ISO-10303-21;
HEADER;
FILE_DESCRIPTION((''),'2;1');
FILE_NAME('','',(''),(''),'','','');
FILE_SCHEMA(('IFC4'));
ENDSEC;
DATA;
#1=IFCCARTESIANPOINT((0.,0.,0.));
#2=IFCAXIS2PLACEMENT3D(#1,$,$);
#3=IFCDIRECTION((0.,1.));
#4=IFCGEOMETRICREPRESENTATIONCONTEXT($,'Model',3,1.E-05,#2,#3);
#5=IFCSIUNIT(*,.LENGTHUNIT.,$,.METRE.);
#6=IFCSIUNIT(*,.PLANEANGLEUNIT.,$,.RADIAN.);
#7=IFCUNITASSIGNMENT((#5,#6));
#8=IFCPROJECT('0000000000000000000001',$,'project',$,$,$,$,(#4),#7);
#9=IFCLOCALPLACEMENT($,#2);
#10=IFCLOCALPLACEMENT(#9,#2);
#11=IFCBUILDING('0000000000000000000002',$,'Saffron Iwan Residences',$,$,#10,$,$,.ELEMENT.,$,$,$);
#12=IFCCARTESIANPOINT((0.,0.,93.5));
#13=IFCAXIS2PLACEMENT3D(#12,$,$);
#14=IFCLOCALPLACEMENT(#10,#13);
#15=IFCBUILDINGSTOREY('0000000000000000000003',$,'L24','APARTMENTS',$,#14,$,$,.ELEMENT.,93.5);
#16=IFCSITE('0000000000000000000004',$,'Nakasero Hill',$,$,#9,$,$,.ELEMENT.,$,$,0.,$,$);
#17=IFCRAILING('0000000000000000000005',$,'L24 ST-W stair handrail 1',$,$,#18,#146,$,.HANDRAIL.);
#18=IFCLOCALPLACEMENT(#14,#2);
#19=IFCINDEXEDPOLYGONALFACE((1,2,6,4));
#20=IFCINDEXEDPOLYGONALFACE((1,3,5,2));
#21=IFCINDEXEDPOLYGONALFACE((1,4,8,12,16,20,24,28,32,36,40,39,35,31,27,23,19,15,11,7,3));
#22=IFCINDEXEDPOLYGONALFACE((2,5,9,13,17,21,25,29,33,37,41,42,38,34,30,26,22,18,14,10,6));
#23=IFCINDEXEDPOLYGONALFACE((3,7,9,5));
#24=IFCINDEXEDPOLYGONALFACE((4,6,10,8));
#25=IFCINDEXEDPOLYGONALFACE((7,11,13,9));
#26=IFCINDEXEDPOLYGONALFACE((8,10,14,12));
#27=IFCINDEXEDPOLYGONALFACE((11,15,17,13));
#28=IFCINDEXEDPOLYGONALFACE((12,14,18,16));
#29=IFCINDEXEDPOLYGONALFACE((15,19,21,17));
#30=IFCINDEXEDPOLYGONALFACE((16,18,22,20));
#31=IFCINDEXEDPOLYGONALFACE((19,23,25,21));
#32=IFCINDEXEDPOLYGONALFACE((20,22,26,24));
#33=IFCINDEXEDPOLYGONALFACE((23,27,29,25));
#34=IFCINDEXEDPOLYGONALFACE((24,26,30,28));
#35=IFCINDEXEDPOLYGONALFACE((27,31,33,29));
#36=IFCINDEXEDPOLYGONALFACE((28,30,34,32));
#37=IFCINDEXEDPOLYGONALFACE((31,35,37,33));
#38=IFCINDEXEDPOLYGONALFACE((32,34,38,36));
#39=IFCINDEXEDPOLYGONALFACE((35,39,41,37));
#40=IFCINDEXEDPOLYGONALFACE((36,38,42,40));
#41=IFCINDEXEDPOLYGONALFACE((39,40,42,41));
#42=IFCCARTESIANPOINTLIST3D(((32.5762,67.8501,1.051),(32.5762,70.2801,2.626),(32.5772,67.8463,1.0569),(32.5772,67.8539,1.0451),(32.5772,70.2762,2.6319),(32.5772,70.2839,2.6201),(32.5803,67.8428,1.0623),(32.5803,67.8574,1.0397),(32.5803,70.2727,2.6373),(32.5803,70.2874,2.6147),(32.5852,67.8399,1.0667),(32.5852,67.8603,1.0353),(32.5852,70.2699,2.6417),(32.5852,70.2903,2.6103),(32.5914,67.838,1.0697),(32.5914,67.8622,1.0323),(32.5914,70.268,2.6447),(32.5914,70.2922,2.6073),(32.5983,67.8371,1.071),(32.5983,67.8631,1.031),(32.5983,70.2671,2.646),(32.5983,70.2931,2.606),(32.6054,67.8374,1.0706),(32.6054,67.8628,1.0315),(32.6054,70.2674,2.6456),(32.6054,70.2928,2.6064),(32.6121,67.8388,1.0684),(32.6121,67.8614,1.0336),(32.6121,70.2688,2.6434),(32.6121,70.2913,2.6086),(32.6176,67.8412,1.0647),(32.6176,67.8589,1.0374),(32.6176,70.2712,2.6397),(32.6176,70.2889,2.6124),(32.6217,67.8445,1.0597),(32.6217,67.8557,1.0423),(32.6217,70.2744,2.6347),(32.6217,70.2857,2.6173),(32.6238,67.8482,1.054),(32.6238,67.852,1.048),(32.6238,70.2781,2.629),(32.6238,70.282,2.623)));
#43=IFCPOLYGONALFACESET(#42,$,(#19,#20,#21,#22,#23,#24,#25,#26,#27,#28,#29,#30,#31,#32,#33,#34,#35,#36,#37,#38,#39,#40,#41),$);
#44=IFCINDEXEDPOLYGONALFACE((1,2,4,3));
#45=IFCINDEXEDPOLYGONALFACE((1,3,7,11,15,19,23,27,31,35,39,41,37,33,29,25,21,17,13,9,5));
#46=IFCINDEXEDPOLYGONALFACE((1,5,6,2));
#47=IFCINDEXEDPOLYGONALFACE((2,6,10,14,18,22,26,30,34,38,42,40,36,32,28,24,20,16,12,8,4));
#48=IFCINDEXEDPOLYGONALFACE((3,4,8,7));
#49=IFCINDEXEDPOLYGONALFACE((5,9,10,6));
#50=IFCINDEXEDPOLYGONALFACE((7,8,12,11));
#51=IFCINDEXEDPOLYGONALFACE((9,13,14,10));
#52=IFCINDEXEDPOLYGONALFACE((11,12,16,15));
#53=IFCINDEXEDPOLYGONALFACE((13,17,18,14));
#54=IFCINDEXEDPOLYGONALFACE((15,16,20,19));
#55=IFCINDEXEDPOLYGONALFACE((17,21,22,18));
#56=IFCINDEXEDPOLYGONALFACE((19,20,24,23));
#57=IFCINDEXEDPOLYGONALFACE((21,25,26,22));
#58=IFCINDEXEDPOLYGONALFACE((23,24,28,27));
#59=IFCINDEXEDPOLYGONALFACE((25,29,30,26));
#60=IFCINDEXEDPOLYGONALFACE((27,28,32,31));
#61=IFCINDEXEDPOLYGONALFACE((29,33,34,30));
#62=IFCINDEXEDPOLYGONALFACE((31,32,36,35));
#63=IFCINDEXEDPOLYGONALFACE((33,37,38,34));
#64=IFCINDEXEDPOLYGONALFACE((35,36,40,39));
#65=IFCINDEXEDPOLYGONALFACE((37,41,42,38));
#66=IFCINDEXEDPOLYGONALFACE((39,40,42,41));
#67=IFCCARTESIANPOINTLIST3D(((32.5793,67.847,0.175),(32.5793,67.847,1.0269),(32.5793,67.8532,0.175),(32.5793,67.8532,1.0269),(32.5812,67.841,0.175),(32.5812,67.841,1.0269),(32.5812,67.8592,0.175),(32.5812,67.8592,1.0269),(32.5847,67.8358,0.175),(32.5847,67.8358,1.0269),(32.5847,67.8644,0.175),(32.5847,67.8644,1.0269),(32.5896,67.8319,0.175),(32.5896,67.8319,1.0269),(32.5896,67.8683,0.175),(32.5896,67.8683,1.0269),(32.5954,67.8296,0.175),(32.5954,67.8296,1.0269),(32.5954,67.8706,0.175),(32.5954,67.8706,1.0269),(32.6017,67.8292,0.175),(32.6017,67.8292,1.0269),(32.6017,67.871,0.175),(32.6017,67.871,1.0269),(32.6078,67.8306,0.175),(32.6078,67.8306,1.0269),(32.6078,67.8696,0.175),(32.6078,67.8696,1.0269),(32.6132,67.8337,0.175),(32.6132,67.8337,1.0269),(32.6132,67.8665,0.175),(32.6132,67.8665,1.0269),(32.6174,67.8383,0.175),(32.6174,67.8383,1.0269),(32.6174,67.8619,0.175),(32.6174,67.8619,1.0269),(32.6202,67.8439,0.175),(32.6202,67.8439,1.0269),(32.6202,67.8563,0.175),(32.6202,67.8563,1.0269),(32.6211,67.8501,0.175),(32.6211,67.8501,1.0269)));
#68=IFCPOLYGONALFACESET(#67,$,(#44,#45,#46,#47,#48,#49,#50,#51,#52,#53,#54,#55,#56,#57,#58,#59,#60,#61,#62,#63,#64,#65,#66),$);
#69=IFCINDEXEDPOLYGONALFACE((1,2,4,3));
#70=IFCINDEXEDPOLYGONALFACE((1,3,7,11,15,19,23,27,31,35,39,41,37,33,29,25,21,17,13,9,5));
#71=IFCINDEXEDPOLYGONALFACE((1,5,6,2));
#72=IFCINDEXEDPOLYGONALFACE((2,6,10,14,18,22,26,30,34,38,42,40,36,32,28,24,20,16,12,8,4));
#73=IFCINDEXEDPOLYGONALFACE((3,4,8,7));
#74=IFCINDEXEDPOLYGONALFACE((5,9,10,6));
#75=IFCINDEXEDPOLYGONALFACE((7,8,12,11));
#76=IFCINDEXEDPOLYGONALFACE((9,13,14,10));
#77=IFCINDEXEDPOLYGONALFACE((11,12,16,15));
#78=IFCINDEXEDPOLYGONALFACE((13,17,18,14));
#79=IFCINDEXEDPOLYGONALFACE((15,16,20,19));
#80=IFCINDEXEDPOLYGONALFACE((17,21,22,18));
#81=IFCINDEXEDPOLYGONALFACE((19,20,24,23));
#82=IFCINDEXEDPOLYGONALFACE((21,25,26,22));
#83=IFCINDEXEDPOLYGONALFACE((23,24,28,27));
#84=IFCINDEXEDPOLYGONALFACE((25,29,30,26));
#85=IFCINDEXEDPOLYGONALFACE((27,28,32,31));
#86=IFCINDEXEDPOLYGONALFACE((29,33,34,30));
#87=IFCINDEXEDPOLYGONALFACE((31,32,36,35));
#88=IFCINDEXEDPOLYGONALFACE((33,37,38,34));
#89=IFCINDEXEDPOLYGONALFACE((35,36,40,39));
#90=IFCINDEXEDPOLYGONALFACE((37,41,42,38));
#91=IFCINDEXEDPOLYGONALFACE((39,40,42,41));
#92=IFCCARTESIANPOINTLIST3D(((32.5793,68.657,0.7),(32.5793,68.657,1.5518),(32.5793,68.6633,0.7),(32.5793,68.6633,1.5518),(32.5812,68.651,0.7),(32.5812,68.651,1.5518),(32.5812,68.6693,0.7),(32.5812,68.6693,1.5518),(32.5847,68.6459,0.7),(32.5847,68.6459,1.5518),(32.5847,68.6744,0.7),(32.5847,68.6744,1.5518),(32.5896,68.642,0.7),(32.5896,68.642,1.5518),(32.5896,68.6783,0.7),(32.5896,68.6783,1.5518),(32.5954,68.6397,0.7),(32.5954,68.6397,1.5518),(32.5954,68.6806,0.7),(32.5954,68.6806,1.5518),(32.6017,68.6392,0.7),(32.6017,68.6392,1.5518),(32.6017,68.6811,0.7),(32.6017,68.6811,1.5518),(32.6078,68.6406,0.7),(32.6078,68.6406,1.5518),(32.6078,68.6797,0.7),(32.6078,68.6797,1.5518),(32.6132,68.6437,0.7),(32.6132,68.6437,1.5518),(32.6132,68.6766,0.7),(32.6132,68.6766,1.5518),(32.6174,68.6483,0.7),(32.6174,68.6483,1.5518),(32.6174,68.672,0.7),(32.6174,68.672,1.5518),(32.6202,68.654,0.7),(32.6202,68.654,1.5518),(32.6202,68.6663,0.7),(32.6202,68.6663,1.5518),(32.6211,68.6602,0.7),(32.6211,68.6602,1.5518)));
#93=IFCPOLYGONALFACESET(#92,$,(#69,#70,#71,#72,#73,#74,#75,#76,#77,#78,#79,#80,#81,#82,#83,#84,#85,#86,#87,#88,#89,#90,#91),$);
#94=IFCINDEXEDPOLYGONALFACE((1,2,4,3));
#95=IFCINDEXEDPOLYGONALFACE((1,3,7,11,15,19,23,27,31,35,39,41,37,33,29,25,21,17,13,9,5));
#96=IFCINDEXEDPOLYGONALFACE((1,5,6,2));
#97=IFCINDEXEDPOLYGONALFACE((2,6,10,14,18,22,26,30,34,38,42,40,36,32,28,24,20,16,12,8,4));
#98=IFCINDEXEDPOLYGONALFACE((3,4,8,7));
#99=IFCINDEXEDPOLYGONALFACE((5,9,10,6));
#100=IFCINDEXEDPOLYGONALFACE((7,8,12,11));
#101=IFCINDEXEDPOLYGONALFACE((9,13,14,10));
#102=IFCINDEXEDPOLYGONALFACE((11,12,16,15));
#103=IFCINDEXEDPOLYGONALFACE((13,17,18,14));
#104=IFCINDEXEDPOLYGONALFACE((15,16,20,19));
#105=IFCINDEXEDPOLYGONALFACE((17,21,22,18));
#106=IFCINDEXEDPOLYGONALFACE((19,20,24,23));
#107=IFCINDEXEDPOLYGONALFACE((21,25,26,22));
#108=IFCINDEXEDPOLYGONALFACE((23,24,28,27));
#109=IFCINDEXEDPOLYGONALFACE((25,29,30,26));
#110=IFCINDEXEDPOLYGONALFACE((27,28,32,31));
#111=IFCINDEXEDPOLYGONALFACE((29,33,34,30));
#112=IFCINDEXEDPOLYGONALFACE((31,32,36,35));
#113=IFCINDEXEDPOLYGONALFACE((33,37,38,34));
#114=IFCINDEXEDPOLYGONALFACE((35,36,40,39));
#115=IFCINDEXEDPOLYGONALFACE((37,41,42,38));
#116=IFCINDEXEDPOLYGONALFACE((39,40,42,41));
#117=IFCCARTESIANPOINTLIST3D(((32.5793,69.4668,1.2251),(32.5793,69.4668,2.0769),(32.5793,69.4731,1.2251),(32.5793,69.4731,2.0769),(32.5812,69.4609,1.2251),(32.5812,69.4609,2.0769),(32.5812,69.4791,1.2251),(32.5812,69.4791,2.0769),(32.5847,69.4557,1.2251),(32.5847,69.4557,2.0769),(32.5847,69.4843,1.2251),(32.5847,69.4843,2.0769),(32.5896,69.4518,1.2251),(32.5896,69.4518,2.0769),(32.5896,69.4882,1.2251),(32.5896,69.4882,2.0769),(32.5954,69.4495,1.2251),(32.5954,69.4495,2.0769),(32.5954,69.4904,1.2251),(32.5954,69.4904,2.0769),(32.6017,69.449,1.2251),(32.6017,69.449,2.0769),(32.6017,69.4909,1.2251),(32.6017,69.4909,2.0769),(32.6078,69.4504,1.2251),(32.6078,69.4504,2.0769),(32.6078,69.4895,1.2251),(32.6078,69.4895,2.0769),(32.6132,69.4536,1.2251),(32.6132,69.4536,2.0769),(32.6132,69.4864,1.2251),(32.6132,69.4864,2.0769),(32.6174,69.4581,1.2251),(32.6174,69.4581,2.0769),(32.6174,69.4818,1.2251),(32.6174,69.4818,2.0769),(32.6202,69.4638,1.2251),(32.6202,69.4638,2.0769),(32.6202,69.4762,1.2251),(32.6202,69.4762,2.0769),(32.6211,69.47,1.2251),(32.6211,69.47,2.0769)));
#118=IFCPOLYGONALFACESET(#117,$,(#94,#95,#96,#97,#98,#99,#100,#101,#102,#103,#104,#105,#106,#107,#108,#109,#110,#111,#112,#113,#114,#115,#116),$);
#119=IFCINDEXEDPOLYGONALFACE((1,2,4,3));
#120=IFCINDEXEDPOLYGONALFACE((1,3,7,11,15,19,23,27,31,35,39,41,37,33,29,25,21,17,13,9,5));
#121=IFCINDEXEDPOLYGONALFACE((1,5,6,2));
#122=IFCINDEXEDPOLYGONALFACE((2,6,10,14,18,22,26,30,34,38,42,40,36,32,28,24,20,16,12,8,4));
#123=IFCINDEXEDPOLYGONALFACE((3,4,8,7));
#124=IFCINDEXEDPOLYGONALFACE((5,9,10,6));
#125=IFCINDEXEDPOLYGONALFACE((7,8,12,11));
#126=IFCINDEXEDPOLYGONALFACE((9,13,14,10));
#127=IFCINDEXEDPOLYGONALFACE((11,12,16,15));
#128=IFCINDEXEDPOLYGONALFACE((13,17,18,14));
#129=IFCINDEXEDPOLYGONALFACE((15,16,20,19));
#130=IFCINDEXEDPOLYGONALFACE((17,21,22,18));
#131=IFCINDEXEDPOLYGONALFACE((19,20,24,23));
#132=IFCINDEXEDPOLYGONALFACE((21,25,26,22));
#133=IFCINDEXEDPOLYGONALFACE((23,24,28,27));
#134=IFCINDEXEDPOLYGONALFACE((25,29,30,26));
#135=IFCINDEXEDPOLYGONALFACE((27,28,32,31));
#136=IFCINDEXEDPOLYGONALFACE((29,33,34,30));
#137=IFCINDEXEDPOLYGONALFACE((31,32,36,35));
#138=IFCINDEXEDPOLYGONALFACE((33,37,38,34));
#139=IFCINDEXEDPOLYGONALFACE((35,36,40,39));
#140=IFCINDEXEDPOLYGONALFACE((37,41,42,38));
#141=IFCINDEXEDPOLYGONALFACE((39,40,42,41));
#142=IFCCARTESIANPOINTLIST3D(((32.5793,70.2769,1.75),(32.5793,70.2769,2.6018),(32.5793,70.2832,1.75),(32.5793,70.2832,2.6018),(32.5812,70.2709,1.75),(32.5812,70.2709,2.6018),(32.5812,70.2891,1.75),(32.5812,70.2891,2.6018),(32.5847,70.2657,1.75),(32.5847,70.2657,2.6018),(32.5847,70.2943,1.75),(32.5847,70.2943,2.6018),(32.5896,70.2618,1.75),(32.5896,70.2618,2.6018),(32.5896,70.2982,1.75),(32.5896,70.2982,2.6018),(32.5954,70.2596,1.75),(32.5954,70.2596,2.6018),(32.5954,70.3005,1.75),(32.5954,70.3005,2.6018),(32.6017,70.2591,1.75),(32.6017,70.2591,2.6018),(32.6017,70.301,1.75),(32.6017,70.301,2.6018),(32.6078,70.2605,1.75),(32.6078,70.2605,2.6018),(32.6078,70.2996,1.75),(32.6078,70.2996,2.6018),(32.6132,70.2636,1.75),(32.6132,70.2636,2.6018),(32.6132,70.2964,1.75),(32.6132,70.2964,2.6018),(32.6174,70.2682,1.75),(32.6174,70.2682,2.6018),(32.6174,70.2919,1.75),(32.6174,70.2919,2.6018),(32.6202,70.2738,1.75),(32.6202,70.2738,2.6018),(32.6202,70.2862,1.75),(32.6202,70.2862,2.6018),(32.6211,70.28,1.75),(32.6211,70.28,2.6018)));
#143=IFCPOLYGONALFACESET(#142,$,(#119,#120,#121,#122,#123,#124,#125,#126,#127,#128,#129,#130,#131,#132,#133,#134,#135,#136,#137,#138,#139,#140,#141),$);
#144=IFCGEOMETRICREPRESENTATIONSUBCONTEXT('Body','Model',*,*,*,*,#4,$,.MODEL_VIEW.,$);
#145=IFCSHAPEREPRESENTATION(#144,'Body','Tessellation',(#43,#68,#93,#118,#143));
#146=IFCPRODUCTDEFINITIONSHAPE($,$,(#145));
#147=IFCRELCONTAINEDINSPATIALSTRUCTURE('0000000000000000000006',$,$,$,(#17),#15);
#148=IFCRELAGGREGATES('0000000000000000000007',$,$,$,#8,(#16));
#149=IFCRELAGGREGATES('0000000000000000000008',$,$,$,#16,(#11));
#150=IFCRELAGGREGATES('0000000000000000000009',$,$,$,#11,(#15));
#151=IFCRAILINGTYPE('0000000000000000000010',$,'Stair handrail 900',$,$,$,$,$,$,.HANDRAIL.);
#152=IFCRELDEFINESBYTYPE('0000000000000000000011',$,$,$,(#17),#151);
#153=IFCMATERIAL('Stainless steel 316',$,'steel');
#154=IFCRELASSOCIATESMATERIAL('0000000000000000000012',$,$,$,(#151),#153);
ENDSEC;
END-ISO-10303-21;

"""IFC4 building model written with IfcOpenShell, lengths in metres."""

from ifc_helpers import new_model, si_unit, direction, frame, origin, origin_2d, place, context, subcontext, project, spatial, circle, extrude, material, type_object, element, save


model = new_model("IFC4")

# Units and contexts
model_context = context("Model", 3, precision=1e-05, world=origin(), true_north=direction((0.0, 1.0)))
body_context = subcontext(model_context, "Body", "Model", "MODEL_VIEW")
ifc_project = project(units=[si_unit("LENGTHUNIT", "METRE"), si_unit("PLANEANGLEUNIT", "RADIAN")], contexts=[model_context])

# Site, building, storey
site_placement = place(None, origin())
site = spatial("IfcSite", under=ifc_project, at=site_placement, Name="Nakasero Hill", CompositionType="ELEMENT", RefElevation=0.0)
building_placement = place(site_placement, origin())
building = spatial("IfcBuilding", under=site, at=building_placement, Name="Saffron Iwan Residences", CompositionType="ELEMENT")
storey_placement = place(building_placement, frame((0.0, 0.0, 93.5)))
storey = spatial("IfcBuildingStorey", under=building, at=storey_placement, Name="L24", Description="APARTMENTS", CompositionType="ELEMENT", Elevation=93.5)

# Railing
ifc_material_1 = material(Name="Stainless steel 316", Category="steel")
railing_type_1 = type_object("IfcRailingType", Name="Stair handrail 900", PredefinedType="HANDRAIL", material=ifc_material_1)
railing_1_placement = place(storey_placement, frame((32.6001, 67.8501, 0.175)))
element("IfcRailing", 1, at=railing_1_placement, inside=storey, type_object=railing_type_1, Name="L24 ST-W stair handrail 1", PredefinedType="HANDRAIL", context=body_context, shape_type="SweptSolid", body=[
    extrude(circle(Radius=0.0239, at=origin_2d()), frame((0.0, 0.0, 0.876), z_axis=(0.0, 0.839154, 0.543894), x_axis=(-1.0, 0.0, 0.0)), (0.0, 0.0, 1.0), 2.8958),
    extrude(circle(Radius=0.021, at=origin_2d()), origin(), (0.0, 0.0, 1.0), 0.8518),
    extrude(circle(Radius=0.021, at=origin_2d()), frame((0.0, 0.8101, 0.5249)), (0.0, 0.0, 1.0), 0.8518),
    extrude(circle(Radius=0.021, at=origin_2d()), frame((0.0, 1.6199, 1.05)), (0.0, 0.0, 1.0), 0.8518),
    extrude(circle(Radius=0.021, at=origin_2d()), frame((0.0, 2.4299, 1.575)), (0.0, 0.0, 1.0), 0.8518),
])

save(model, "model.ifc")
